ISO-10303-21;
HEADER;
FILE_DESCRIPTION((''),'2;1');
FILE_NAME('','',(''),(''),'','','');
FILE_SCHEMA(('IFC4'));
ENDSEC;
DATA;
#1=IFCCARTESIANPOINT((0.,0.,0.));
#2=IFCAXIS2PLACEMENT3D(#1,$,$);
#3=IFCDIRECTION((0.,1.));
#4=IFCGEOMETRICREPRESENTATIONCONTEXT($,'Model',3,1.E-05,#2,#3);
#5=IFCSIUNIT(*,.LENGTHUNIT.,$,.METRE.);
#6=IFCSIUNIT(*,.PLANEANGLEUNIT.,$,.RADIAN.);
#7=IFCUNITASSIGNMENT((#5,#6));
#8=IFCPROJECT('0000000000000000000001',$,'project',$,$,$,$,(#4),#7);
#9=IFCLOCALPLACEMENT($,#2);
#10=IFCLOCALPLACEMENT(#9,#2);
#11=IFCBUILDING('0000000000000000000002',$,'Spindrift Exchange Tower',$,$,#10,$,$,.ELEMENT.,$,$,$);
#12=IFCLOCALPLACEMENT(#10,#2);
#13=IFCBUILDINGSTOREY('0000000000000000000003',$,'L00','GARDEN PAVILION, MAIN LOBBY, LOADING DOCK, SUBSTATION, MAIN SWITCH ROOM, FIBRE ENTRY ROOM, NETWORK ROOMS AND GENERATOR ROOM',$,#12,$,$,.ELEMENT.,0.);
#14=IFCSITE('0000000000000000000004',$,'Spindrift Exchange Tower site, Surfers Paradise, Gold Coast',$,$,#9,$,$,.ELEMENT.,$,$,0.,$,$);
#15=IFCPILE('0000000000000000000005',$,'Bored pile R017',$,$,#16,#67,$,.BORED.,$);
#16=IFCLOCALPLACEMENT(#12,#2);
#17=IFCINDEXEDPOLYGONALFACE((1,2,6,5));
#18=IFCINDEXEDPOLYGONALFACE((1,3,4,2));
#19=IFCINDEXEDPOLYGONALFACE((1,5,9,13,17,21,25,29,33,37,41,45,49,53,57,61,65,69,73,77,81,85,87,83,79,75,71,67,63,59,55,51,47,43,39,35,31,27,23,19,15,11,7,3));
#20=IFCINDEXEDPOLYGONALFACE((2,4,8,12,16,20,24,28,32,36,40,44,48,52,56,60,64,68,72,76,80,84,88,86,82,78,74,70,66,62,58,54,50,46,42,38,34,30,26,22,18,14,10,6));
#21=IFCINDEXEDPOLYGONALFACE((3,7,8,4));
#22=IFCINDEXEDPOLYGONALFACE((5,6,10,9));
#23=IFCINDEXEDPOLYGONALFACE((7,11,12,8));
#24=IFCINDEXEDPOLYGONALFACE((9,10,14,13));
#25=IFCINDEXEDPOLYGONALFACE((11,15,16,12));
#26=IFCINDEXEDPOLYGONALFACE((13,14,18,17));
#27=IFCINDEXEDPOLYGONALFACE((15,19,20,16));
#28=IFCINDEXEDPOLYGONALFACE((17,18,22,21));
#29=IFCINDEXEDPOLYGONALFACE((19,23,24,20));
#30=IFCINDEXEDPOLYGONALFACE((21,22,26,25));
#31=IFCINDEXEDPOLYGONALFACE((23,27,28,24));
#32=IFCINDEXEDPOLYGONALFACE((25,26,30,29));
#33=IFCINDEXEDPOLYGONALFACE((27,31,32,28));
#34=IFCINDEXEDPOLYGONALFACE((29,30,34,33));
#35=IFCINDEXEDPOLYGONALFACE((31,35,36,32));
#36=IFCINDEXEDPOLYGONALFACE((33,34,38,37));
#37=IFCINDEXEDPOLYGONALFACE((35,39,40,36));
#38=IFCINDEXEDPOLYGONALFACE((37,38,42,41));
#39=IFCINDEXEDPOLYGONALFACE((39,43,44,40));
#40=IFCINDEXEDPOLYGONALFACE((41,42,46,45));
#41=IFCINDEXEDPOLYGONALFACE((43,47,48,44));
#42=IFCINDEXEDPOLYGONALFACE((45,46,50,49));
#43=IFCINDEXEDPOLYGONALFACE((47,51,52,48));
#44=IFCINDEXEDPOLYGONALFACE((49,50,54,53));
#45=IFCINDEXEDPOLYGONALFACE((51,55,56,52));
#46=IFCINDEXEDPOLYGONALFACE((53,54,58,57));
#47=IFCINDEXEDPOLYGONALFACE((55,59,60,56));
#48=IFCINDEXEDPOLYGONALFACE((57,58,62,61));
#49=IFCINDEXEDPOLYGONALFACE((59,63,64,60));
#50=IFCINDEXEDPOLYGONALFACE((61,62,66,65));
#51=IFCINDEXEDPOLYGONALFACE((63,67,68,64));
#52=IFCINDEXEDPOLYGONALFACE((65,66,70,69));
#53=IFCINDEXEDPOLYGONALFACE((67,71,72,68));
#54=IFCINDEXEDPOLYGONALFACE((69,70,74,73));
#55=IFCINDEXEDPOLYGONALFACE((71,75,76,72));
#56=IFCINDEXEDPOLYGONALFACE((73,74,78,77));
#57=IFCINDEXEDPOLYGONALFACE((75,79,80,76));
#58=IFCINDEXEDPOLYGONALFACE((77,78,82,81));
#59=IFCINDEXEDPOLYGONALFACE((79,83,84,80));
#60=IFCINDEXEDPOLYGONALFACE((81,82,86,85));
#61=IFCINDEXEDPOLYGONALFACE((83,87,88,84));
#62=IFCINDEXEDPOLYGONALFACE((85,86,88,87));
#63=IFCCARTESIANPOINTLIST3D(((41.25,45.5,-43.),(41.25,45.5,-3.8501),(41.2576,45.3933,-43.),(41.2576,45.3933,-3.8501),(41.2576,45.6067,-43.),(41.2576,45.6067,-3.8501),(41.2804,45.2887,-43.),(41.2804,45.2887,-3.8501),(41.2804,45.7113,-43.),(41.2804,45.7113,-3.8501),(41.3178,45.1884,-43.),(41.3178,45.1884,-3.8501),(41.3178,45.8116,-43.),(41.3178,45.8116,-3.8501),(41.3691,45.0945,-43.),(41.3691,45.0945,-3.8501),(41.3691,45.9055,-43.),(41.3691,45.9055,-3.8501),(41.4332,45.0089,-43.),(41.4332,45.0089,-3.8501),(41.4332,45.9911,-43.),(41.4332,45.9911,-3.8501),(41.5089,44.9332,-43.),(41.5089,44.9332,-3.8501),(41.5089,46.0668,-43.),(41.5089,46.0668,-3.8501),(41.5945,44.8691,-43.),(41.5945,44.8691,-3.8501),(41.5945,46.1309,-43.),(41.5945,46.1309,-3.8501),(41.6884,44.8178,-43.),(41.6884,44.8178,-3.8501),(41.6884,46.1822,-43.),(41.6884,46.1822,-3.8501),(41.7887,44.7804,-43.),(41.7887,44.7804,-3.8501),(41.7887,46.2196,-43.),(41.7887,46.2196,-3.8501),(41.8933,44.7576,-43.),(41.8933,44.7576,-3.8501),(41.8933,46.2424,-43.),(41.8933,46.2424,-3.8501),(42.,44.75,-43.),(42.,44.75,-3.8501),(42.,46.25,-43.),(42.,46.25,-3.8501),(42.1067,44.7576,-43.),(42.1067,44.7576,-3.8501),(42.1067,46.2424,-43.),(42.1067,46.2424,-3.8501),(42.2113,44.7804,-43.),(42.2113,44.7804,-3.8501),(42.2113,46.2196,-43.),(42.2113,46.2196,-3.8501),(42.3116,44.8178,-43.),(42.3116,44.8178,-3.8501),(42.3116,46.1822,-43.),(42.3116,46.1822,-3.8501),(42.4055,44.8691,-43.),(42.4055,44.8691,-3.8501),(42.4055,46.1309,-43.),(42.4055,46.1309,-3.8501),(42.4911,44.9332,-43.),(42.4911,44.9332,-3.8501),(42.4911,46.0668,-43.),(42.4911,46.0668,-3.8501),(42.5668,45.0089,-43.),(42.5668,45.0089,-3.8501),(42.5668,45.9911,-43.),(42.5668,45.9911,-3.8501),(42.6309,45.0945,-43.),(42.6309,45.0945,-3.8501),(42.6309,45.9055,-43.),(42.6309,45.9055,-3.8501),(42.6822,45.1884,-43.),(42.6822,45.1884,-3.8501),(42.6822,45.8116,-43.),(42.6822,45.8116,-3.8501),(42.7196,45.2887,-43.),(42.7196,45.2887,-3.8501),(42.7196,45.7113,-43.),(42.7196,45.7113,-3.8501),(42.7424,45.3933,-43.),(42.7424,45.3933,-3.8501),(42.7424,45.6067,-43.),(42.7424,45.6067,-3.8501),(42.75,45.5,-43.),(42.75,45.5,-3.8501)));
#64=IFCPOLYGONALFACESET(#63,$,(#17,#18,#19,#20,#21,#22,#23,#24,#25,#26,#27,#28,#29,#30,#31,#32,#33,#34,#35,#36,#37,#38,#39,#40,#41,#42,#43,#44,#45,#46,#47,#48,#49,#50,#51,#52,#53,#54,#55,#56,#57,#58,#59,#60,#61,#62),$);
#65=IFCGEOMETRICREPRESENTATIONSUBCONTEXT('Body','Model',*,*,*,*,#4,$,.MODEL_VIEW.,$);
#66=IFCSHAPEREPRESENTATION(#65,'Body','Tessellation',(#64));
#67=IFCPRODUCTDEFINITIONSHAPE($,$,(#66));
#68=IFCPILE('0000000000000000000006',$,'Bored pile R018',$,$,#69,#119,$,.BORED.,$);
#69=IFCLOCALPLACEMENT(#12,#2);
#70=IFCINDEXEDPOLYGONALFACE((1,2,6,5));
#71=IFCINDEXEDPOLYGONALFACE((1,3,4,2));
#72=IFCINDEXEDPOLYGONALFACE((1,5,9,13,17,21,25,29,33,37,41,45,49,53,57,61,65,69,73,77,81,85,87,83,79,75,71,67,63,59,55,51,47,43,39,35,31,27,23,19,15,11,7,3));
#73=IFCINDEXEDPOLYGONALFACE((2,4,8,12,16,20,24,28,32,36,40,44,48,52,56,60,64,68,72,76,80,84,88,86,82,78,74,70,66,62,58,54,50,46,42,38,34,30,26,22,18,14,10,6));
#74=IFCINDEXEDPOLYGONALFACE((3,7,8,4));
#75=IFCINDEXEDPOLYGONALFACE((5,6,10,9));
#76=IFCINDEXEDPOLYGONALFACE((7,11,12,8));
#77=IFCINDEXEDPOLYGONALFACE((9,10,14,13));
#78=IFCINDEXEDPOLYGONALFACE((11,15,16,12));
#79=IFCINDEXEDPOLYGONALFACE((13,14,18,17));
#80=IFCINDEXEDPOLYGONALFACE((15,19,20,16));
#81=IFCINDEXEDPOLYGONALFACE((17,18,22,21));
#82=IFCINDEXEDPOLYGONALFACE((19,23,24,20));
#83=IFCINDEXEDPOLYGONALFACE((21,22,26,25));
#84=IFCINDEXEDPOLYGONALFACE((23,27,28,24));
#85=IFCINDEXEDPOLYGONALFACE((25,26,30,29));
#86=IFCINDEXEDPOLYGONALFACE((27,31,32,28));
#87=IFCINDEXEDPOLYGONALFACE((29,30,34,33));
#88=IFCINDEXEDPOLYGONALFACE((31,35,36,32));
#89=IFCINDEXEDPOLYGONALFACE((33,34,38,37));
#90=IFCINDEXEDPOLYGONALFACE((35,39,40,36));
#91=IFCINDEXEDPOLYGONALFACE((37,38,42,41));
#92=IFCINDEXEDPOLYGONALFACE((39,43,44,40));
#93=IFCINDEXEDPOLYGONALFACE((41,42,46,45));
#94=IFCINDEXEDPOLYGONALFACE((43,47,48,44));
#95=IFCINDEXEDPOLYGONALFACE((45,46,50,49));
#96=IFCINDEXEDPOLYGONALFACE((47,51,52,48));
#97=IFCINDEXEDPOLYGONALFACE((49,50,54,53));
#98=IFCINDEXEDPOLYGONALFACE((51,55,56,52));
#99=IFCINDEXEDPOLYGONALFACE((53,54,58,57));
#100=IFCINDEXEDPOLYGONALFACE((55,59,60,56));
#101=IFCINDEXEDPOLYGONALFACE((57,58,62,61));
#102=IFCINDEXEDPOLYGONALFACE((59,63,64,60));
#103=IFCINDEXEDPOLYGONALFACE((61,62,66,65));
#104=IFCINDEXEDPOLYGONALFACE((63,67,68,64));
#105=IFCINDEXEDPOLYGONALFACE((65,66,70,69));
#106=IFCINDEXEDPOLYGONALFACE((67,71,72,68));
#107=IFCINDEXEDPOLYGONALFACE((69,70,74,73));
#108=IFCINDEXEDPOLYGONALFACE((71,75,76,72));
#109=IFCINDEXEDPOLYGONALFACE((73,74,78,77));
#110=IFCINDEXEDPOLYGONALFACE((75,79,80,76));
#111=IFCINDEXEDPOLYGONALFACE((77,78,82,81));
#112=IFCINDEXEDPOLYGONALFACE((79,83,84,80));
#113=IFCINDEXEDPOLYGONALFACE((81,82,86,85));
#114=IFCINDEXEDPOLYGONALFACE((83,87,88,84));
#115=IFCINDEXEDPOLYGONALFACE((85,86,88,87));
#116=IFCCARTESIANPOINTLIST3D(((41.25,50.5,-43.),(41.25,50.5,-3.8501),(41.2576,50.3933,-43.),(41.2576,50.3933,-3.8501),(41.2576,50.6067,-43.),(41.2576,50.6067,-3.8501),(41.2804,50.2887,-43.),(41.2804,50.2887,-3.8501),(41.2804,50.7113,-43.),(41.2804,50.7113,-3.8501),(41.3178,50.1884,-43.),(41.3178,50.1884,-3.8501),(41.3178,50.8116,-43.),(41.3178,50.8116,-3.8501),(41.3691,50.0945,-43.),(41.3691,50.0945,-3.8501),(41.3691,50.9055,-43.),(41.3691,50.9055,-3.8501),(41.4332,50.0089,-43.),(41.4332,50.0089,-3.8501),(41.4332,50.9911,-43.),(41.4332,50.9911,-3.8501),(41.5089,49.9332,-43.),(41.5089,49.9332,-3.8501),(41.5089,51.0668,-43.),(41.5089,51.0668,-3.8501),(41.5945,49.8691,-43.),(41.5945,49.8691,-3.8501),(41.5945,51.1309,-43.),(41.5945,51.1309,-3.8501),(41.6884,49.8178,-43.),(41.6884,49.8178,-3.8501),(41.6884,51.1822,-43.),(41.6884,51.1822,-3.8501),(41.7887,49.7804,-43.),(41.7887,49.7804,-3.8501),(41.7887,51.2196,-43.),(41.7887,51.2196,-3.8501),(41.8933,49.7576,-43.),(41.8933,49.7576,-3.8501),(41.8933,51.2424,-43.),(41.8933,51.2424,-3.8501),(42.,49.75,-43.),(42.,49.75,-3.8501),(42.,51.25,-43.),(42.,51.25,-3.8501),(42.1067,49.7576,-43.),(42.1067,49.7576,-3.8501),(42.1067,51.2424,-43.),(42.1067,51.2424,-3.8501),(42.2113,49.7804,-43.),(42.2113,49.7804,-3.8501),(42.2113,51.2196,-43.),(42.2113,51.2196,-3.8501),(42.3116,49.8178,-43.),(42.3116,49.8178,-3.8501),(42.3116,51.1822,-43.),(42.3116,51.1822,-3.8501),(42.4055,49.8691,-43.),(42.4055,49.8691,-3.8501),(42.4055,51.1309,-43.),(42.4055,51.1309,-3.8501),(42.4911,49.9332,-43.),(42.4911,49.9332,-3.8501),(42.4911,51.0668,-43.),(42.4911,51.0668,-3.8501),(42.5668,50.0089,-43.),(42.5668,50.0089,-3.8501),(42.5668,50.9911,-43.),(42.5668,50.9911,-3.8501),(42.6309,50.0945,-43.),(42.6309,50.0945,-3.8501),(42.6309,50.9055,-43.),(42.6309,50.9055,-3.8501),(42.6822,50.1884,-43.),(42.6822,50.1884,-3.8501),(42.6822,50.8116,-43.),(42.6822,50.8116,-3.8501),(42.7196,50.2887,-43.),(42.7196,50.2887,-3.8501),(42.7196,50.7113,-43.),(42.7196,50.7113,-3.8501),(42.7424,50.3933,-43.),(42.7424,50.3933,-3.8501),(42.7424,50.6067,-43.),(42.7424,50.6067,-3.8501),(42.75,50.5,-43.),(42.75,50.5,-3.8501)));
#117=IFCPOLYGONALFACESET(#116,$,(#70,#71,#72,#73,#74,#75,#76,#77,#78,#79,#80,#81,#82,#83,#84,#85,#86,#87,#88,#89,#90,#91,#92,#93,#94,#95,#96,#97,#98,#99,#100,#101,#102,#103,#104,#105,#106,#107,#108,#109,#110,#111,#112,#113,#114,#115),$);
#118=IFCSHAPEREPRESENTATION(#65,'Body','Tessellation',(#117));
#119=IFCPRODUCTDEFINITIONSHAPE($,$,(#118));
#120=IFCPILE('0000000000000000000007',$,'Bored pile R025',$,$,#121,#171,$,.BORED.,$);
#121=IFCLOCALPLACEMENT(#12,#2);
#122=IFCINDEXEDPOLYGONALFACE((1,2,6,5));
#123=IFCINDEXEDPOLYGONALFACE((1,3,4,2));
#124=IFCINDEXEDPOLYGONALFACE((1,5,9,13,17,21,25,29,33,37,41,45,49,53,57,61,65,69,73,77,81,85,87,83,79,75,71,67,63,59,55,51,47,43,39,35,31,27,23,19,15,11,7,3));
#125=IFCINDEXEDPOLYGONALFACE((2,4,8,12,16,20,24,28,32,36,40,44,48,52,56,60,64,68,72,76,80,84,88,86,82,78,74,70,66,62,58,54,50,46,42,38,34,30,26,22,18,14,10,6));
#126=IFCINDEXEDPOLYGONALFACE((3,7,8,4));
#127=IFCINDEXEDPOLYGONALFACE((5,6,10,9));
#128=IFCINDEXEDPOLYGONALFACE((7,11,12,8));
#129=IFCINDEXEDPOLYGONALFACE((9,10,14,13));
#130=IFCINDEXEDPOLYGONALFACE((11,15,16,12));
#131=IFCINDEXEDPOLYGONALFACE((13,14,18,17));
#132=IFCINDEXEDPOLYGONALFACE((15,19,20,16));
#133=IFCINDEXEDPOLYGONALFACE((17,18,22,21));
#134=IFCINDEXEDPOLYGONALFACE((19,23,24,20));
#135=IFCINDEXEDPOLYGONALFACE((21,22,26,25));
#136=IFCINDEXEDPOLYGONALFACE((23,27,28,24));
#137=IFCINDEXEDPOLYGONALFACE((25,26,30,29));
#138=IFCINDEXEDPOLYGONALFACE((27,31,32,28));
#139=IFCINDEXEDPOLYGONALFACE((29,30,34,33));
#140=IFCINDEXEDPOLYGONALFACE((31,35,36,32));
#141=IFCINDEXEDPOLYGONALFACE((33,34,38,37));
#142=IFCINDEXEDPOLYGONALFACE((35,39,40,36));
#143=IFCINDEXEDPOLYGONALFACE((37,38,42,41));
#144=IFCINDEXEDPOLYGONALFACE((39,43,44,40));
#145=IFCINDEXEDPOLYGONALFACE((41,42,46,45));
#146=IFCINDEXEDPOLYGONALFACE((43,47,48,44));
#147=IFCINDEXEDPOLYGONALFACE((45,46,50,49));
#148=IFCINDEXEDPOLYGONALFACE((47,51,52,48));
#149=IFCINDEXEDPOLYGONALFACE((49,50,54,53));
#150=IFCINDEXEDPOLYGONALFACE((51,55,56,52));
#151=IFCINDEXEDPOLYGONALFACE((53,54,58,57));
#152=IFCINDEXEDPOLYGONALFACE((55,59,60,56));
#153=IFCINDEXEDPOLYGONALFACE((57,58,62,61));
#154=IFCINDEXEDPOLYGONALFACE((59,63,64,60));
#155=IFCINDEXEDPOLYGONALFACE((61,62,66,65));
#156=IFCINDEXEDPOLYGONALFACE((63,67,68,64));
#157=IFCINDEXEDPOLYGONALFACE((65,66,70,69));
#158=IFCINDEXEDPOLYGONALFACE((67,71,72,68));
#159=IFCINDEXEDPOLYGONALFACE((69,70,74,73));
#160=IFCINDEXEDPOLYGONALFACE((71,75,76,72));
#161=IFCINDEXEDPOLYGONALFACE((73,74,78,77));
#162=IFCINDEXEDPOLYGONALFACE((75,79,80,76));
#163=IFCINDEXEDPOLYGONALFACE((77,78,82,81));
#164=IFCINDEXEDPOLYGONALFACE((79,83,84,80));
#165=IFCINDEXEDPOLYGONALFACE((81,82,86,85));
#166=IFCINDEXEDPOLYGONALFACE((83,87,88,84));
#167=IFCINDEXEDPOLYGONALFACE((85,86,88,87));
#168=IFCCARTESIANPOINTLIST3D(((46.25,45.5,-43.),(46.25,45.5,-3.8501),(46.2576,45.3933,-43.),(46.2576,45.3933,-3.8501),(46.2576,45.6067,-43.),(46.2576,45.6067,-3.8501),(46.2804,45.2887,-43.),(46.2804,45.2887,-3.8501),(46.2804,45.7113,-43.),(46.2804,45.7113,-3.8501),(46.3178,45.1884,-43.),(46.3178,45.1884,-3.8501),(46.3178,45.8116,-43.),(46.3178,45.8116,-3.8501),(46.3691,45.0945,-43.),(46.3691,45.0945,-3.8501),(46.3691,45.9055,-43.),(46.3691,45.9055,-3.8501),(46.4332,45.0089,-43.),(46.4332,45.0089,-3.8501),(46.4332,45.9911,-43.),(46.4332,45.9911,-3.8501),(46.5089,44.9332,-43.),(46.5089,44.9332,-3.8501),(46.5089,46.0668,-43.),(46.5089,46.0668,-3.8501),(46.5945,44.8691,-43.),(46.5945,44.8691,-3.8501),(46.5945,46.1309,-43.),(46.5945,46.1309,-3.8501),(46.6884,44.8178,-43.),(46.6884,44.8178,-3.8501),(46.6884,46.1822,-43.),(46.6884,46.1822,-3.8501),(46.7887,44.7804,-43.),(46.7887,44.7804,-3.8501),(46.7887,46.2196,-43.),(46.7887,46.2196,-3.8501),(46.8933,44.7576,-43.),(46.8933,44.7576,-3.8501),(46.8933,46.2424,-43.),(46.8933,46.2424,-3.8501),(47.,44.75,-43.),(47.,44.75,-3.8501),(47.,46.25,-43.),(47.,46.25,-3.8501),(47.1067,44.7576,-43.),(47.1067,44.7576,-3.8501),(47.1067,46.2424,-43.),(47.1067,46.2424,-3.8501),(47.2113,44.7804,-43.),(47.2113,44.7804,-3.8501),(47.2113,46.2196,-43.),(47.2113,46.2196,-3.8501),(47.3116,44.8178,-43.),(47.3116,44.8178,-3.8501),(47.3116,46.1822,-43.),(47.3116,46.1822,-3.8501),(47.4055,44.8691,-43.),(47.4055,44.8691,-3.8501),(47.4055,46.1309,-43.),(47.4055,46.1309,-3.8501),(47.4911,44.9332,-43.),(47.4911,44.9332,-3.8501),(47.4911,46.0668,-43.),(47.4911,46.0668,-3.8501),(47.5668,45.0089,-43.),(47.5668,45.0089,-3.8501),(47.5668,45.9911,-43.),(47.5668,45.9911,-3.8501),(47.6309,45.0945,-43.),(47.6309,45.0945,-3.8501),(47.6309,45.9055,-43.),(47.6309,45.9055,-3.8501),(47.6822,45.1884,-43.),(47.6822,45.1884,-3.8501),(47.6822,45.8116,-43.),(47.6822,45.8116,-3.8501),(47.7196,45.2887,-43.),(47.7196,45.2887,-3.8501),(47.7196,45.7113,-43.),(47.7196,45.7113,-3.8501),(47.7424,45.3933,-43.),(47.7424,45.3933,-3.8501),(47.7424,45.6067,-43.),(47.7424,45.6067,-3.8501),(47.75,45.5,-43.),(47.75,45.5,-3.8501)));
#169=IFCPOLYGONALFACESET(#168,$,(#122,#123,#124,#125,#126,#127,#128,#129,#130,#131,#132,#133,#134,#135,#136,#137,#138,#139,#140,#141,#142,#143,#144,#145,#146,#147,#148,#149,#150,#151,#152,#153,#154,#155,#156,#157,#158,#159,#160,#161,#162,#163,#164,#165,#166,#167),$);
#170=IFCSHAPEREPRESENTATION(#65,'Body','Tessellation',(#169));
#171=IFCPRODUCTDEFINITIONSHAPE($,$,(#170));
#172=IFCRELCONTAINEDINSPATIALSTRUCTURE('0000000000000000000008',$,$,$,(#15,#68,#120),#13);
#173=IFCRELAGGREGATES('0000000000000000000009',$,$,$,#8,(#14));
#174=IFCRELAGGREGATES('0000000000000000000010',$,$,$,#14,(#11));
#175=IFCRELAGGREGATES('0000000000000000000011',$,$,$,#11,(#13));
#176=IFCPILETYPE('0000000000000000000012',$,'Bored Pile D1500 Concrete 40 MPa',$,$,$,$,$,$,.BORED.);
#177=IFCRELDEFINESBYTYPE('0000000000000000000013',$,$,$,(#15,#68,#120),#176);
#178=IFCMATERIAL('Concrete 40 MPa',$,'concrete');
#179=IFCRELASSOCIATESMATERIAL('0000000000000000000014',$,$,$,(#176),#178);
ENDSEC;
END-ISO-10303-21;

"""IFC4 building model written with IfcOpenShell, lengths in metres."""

from ifc_helpers import new_model, si_unit, direction, frame, origin, origin_2d, place, context, subcontext, project, spatial, circle, extrude, source, transform, mapped, material, material_profile, profile_set, type_object, element, save


model = new_model("IFC4")

# Units and contexts
model_context = context("Model", 3, precision=1e-05, world=origin(), true_north=direction((0.0, 1.0)))
body_context = subcontext(model_context, "Body", "Model", "MODEL_VIEW")
ifc_project = project(units=[si_unit("LENGTHUNIT", "METRE"), si_unit("PLANEANGLEUNIT", "RADIAN")], contexts=[model_context])

# Site, building, storey
site_placement = place(None, origin())
site = spatial("IfcSite", under=ifc_project, at=site_placement, Name="Spindrift Exchange Tower site, Surfers Paradise, Gold Coast", CompositionType="ELEMENT", RefElevation=0.0)
building_placement = place(site_placement, origin())
building = spatial("IfcBuilding", under=site, at=building_placement, Name="Spindrift Exchange Tower", CompositionType="ELEMENT")
storey_placement = place(building_placement, origin())
storey = spatial("IfcBuildingStorey", under=building, at=storey_placement, Name="L00", Description="GARDEN PAVILION, MAIN LOBBY, LOADING DOCK, SUBSTATION, MAIN SWITCH ROOM, FIBRE ENTRY ROOM, NETWORK ROOMS AND GENERATOR ROOM", CompositionType="ELEMENT", Elevation=0.0)

# Piles
ifc_material_1 = material(Name="Concrete 40 MPa", Category="concrete")
ifc_material_profile = material_profile(ifc_material_1, circle(Radius=0.75, at=origin_2d()), Name="BP D1500")
ifc_profile_set = profile_set([ifc_material_profile], Name="Concrete 40 MPa")
pile_type = type_object("IfcPileType", Name="Bored Pile D1500 Concrete 40 MPa", PredefinedType="BORED", material=ifc_profile_set)
shared_shape_1 = source(origin(), body_context, "Body", "SweptSolid", [
    extrude(circle(Radius=0.75, at=origin_2d()), origin(), (0.0, 0.0, 1.0), 39.1499),
])
for number, where, z_axis, x_axis, name in (
    (1, (42.0, 45.5, -3.8501), (0.0, 0.0, -1.0), (1.0, 0.0, 0.0), "Bored pile R017"),
    (2, (42.0, 50.5, -3.8501), (0.0, 0.0, -1.0), (1.0, 0.0, 0.0), "Bored pile R018"),
    (3, (47.0, 45.5, -3.8501), (0.0, 0.0, -1.0), (1.0, 0.0, 0.0), "Bored pile R025"),
):
    element("IfcPile", number, at=place(storey_placement, frame(where, z_axis=z_axis, x_axis=x_axis)), inside=storey, type_object=pile_type, Name=name, PredefinedType="BORED", context=body_context, shape_type="MappedRepresentation", body=[
        mapped(shared_shape_1, transform((0.0, 0.0, 0.0), scale=1.0)),
    ])

save(model, "model.ifc")
